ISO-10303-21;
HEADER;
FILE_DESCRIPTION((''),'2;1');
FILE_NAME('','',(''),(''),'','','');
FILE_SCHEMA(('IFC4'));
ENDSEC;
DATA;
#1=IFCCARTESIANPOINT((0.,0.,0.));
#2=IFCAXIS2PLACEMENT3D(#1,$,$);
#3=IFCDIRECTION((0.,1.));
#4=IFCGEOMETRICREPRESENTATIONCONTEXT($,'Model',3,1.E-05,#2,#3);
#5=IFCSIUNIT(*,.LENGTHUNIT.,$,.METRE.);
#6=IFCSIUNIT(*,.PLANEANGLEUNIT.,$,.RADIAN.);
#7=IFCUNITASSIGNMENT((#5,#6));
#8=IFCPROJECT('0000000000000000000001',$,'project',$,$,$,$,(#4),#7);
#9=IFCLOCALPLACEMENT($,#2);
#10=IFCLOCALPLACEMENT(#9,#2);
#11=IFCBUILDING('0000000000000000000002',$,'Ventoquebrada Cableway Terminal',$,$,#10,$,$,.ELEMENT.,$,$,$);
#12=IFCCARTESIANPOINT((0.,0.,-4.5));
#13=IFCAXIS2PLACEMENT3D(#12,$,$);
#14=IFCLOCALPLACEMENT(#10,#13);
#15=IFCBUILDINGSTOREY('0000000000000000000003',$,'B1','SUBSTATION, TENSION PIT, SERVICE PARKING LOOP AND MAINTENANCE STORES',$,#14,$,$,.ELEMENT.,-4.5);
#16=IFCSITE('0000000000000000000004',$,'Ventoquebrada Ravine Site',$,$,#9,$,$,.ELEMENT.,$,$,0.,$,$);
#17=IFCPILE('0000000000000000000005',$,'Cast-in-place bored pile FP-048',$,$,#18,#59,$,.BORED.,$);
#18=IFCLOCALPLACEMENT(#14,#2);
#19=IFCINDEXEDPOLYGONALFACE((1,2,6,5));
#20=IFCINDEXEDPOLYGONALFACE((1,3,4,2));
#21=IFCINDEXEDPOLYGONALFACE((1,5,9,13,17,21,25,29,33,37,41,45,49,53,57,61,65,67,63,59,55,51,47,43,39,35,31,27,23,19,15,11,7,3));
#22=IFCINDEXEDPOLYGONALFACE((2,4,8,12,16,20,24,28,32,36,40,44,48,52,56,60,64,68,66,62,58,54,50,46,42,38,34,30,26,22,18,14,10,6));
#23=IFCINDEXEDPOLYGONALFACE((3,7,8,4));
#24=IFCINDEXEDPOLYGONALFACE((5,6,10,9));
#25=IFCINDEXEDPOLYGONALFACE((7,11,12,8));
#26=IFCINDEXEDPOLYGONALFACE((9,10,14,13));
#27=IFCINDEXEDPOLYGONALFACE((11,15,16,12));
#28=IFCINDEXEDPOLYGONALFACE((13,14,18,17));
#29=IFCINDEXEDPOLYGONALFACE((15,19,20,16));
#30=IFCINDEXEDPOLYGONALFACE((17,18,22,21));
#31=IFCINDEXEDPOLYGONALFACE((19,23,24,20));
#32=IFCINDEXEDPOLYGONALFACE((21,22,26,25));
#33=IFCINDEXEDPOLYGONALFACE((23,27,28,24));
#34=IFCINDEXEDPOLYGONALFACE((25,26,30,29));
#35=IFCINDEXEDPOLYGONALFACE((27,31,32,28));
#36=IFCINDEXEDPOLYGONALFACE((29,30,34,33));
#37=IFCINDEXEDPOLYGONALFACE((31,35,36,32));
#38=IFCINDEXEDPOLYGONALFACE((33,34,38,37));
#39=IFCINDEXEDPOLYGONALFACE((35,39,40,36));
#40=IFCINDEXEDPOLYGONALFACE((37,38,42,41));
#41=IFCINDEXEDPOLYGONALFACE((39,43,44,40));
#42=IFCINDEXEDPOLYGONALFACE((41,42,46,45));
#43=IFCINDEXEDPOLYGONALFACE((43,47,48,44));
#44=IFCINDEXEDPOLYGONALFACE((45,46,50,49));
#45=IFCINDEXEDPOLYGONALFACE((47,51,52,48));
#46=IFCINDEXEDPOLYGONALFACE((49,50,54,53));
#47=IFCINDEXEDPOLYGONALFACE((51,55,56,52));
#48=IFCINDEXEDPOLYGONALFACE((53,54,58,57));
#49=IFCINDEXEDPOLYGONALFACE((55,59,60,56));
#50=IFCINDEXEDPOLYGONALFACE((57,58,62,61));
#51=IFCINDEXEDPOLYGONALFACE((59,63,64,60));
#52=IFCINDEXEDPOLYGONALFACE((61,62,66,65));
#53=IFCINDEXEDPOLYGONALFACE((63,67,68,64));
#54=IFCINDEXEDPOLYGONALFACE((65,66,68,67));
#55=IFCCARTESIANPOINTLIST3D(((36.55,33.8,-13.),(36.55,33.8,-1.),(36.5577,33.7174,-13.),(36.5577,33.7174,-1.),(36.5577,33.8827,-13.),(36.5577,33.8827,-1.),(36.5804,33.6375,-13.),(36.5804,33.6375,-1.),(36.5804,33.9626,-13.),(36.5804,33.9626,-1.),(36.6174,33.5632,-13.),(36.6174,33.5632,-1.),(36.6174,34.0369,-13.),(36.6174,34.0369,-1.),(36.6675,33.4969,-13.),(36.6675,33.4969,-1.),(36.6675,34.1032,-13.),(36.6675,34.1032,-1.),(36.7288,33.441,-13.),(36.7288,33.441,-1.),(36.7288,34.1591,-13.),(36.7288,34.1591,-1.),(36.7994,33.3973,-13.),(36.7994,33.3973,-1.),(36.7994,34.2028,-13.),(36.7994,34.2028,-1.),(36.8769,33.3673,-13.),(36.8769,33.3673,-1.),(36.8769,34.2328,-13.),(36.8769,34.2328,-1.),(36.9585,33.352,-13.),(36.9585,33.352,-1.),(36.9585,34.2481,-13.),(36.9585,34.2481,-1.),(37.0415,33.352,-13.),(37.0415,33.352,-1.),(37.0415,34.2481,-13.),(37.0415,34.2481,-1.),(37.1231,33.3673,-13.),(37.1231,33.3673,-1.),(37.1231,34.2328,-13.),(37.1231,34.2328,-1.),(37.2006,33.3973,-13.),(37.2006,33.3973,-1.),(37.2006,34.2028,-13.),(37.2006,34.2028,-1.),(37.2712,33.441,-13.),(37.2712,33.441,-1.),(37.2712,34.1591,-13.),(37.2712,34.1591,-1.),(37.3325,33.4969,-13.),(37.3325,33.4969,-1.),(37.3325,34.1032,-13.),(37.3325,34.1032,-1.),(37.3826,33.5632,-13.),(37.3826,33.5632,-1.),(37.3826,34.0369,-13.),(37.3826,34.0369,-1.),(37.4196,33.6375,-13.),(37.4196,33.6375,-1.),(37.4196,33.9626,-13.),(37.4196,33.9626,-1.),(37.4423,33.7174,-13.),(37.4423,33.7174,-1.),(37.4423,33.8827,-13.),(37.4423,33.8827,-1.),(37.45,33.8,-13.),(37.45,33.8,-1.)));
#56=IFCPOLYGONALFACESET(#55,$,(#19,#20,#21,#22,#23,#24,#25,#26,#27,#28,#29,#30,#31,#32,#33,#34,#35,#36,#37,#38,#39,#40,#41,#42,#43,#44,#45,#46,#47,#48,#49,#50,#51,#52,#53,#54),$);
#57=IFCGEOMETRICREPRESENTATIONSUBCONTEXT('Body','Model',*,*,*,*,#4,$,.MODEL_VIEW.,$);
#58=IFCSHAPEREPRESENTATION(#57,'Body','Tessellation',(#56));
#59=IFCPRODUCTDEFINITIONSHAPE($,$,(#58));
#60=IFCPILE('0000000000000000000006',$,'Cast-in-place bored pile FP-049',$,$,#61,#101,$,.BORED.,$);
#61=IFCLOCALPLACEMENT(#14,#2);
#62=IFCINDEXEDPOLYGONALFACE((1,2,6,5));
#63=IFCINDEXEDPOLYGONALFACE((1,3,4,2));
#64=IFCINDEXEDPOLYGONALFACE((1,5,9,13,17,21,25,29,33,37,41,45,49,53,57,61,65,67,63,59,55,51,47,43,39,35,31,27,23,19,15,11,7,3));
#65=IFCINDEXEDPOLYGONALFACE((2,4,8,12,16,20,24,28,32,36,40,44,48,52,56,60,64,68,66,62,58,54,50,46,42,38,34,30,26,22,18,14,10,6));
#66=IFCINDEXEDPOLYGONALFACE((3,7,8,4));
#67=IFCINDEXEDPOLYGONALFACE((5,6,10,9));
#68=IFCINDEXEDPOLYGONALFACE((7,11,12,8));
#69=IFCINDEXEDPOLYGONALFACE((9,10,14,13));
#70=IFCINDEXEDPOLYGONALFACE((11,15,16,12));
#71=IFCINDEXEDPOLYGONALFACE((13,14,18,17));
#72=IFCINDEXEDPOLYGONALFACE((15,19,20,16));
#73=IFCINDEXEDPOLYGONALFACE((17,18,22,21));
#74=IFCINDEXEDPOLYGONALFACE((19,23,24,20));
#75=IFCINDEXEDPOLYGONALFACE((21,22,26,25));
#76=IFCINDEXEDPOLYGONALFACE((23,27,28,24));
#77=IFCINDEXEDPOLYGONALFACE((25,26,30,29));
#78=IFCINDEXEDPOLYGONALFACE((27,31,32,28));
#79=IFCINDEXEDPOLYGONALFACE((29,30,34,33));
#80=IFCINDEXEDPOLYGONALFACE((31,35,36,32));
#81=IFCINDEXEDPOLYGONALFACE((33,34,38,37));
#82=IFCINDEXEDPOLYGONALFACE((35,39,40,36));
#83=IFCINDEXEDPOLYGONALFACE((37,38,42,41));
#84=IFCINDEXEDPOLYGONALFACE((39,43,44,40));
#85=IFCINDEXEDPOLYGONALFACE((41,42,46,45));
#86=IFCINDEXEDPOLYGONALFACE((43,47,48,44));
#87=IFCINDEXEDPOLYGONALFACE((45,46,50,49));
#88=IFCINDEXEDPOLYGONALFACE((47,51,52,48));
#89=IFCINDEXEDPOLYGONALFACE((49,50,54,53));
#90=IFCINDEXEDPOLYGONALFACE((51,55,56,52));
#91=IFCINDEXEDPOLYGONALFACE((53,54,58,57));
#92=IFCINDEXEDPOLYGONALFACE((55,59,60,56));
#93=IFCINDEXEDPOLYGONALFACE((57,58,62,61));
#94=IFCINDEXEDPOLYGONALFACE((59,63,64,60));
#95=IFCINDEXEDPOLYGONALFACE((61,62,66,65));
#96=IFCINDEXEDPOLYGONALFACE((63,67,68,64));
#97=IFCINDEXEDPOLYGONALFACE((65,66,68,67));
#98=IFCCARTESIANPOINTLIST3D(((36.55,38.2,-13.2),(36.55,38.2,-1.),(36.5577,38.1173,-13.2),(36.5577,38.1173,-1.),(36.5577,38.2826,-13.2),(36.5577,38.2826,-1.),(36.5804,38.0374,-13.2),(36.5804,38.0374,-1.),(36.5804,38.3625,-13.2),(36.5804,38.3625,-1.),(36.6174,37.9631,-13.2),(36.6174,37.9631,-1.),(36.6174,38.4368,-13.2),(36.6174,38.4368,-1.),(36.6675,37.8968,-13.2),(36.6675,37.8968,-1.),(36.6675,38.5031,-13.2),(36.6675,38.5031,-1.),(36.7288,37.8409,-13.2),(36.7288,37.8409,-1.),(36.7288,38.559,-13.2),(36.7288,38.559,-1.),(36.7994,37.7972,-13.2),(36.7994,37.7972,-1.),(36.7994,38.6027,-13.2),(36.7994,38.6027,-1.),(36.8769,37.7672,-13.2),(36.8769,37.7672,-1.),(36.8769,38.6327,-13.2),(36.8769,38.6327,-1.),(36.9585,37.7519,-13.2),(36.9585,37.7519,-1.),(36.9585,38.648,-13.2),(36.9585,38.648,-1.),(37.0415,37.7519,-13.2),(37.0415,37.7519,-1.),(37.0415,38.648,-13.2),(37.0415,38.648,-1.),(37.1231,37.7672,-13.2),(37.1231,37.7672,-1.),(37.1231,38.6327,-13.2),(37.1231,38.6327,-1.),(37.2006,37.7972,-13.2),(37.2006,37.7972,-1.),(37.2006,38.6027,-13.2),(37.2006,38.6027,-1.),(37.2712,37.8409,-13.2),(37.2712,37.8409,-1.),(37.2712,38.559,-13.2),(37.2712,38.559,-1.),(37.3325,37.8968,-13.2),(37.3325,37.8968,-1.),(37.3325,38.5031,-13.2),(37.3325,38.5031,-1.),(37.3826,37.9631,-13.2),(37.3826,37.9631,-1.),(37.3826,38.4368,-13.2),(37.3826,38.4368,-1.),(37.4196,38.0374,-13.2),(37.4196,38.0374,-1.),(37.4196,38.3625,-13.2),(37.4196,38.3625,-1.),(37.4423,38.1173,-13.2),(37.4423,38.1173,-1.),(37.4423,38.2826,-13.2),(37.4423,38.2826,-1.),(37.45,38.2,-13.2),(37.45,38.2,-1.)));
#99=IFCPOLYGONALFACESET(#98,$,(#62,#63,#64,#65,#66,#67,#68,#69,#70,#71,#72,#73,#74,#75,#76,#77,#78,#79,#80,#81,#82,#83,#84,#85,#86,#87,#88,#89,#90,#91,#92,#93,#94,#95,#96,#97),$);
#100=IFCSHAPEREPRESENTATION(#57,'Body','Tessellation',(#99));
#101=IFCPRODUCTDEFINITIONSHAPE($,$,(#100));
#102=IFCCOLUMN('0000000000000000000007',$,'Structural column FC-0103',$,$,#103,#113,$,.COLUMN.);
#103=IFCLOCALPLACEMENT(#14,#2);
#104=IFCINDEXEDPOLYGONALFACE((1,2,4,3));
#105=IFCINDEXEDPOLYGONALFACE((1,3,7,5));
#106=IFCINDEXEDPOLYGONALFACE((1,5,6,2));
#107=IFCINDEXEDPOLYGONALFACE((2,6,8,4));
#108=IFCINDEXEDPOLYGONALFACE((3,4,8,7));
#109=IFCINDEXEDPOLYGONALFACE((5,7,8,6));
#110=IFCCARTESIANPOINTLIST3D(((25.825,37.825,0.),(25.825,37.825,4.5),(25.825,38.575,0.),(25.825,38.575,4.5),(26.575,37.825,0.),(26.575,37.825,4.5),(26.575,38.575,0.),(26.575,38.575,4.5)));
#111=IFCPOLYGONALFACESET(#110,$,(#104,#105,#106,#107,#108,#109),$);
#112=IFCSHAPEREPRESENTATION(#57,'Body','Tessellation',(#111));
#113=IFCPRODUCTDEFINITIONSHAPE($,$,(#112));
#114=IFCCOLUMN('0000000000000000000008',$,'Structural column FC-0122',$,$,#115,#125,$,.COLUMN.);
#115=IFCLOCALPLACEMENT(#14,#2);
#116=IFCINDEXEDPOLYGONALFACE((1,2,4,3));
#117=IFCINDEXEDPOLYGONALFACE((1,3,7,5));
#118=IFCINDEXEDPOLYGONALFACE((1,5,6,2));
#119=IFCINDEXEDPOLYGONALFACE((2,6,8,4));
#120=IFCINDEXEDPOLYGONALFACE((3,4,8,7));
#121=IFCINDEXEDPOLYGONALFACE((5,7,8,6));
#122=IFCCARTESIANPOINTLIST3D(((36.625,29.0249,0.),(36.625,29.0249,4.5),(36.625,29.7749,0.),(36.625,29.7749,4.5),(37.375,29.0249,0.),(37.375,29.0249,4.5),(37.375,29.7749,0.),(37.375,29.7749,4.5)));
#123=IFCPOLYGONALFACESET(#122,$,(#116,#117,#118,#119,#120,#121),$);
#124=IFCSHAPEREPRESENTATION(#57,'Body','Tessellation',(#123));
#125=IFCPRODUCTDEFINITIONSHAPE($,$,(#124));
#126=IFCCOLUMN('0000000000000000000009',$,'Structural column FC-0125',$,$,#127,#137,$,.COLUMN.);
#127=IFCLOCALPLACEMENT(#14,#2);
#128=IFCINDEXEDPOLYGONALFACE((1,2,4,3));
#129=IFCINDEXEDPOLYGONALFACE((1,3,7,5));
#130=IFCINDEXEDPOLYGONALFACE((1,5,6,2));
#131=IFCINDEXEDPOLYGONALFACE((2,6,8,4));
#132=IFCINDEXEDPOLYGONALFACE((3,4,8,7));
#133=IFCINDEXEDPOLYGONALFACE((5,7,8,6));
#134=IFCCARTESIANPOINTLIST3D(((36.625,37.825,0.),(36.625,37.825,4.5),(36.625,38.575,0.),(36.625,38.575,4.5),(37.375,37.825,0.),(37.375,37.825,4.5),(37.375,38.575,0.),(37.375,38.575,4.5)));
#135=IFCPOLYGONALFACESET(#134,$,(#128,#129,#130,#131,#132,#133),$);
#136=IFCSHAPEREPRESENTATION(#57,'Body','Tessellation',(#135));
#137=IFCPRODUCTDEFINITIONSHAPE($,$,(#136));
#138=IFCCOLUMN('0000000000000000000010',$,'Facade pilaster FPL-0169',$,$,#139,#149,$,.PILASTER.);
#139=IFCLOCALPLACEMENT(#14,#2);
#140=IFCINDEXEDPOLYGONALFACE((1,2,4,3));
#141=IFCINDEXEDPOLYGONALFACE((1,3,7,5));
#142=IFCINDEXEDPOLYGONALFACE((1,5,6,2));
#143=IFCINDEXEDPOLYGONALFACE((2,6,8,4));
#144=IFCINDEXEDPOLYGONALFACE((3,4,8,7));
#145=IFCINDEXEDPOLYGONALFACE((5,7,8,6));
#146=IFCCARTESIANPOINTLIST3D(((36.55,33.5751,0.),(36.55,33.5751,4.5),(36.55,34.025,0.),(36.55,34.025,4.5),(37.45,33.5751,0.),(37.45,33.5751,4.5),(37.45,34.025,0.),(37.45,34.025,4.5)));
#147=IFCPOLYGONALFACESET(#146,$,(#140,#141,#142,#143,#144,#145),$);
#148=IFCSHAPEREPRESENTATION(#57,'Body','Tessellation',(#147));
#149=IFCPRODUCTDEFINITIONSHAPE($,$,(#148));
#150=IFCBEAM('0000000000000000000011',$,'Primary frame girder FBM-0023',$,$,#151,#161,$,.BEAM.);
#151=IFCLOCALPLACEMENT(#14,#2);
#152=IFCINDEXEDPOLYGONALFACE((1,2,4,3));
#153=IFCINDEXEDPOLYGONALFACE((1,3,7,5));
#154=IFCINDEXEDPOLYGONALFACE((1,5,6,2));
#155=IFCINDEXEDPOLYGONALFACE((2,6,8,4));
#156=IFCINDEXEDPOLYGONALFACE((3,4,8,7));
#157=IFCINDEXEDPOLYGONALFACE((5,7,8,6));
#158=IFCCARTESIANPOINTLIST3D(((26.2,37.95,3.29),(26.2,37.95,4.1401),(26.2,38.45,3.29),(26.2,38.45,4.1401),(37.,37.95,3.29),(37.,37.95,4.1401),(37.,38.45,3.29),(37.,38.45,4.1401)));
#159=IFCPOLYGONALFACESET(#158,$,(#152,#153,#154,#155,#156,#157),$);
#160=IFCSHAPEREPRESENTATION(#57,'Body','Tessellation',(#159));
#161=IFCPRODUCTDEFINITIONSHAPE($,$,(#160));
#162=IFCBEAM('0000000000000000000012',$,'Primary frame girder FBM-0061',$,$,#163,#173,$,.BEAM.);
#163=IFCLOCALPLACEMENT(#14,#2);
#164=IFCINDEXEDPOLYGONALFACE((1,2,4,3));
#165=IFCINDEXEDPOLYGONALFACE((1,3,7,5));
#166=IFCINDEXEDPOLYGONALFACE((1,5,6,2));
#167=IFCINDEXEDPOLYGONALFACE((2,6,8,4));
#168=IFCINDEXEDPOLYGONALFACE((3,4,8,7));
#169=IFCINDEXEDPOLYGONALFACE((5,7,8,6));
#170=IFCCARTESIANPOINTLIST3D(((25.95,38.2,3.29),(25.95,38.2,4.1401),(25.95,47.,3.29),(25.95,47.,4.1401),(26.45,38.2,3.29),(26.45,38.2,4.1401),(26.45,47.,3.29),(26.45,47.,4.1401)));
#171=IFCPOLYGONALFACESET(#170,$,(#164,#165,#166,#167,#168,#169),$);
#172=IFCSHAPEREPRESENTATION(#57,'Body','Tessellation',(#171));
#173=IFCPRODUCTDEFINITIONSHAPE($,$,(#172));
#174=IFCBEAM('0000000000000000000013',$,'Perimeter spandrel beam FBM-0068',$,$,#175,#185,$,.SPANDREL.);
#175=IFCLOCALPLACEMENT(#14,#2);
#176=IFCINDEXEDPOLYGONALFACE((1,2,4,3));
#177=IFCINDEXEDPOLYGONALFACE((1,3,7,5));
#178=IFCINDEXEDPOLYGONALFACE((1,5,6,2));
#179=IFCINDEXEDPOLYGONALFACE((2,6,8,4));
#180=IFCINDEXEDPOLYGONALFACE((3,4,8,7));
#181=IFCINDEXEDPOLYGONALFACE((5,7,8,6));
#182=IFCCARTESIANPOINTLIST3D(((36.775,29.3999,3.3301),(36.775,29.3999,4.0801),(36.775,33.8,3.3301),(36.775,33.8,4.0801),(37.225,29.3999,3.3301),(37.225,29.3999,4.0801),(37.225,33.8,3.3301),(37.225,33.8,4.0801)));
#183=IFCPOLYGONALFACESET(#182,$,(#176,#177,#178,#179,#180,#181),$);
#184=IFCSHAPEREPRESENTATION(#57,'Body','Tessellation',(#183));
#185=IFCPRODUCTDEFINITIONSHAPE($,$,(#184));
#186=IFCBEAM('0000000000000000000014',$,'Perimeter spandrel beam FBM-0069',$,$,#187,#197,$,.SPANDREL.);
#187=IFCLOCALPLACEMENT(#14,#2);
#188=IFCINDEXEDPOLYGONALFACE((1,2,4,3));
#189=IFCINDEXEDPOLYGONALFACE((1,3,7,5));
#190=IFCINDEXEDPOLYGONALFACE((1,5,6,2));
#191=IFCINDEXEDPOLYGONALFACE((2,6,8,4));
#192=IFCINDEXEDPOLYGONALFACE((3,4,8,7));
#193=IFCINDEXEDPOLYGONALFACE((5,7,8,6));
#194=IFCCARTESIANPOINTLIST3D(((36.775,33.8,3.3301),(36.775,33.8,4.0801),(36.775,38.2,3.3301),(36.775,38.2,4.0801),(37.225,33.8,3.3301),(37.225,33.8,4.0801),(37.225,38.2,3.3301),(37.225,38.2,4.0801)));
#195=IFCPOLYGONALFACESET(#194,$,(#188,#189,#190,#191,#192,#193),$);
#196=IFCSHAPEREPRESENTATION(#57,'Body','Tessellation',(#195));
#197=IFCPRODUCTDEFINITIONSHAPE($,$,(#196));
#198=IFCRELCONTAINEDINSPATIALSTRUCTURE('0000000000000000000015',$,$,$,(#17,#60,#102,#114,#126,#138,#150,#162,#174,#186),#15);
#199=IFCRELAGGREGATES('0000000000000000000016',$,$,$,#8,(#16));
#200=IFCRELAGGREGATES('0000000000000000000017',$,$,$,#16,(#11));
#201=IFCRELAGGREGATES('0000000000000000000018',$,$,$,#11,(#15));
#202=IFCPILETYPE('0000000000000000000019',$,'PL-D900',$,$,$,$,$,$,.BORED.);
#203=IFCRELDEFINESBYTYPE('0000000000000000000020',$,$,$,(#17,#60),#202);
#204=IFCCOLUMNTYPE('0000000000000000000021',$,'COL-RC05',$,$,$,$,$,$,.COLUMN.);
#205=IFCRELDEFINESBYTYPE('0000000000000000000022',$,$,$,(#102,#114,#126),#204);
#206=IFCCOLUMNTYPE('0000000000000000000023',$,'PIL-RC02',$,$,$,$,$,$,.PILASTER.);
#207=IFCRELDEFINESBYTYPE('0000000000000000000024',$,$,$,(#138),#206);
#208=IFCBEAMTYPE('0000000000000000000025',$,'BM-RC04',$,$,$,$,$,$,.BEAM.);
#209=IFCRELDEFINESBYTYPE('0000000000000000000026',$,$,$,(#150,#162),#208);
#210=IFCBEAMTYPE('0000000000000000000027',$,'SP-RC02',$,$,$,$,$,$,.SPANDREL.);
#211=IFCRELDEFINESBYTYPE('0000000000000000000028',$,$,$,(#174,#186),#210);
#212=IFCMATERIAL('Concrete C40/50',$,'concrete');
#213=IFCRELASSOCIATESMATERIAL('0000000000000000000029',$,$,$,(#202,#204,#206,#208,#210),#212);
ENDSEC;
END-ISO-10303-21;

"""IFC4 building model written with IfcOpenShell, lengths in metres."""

from ifc_helpers import new_model, si_unit, direction, frame, origin, origin_2d, place, context, subcontext, project, spatial, rectangle, circle, extrude, material, material_profile, profile_set, type_object, element, save


model = new_model("IFC4")

# Units and contexts
model_context = context("Model", 3, precision=1e-05, world=origin(), true_north=direction((0.0, 1.0)))
body_context = subcontext(model_context, "Body", "Model", "MODEL_VIEW")
ifc_project = project(units=[si_unit("LENGTHUNIT", "METRE"), si_unit("PLANEANGLEUNIT", "RADIAN")], contexts=[model_context])

# Site, building, storey
site_placement = place(None, origin())
site = spatial("IfcSite", under=ifc_project, at=site_placement, Name="Ventoquebrada Ravine Site", CompositionType="ELEMENT", RefElevation=0.0)
building_placement = place(site_placement, origin())
building = spatial("IfcBuilding", under=site, at=building_placement, Name="Ventoquebrada Cableway Terminal", CompositionType="ELEMENT")
storey_placement = place(building_placement, frame((0.0, 0.0, -4.5)))
storey = spatial("IfcBuildingStorey", under=building, at=storey_placement, Name="B1", Description="SUBSTATION, TENSION PIT, SERVICE PARKING LOOP AND MAINTENANCE STORES", CompositionType="ELEMENT", Elevation=-4.5)

# Shared definitions
ifc_material = material(Name="Concrete C40/50", Category="concrete")

# Piles
ifc_material_profile_1 = material_profile(ifc_material, circle(Radius=0.45, at=origin_2d()), Name="PILE-D900")
ifc_profile_set_1 = profile_set([ifc_material_profile_1], Name="Concrete C40/50")
pile_type = type_object("IfcPileType", Name="PL-D900", PredefinedType="BORED", material=ifc_profile_set_1)
pile_1_placement = place(storey_placement, frame((37.0, 33.8, -1.0), z_axis=(0.0, 0.0, -1.0), x_axis=(1.0, 0.0, 0.0)))
element("IfcPile", 1, at=pile_1_placement, inside=storey, type_object=pile_type, Name="Cast-in-place bored pile FP-048", PredefinedType="BORED", context=body_context, shape_type="SweptSolid", body=[
    extrude(circle(Radius=0.45, at=origin_2d()), origin(), (0.0, 0.0, 1.0), 12.0),
])
pile_2_placement = place(storey_placement, frame((37.0, 38.2, -1.0), z_axis=(0.0, 0.0, -1.0), x_axis=(1.0, 0.0, 0.0)))
element("IfcPile", 2, at=pile_2_placement, inside=storey, type_object=pile_type, Name="Cast-in-place bored pile FP-049", PredefinedType="BORED", context=body_context, shape_type="SweptSolid", body=[
    extrude(circle(Radius=0.45, at=origin_2d()), origin(), (0.0, 0.0, 1.0), 12.2),
])

# Columns
ifc_material_profile_2 = material_profile(ifc_material, rectangle(XDim=0.75, YDim=0.75, at=origin_2d()), Name="RC-COL-750X750")
ifc_profile_set_2 = profile_set([ifc_material_profile_2], Name="Concrete C40/50")
column_type_1 = type_object("IfcColumnType", Name="COL-RC05", PredefinedType="COLUMN", material=ifc_profile_set_2)
for number, where, z_axis, x_axis, name in (
    (3, (26.2, 38.2, 0.0), (0.0, 0.0, 1.0), (1.0, 0.0, 0.0), "Structural column FC-0103"),
    (4, (37.0, 29.3999, 0.0), (0.0, 0.0, 1.0), (1.0, 0.0, 0.0), "Structural column FC-0122"),
    (5, (37.0, 38.2, 0.0), (0.0, 0.0, 1.0), (1.0, 0.0, 0.0), "Structural column FC-0125"),
):
    element("IfcColumn", number, at=place(storey_placement, frame(where, z_axis=z_axis, x_axis=x_axis)), inside=storey, type_object=column_type_1, Name=name, PredefinedType="COLUMN", context=body_context, shape_type="SweptSolid", body=[
        extrude(rectangle(XDim=0.75, YDim=0.75, at=origin_2d()), origin(), (0.0, 0.0, 1.0), 4.5),
    ])
ifc_material_profile_3 = material_profile(ifc_material, rectangle(XDim=0.45, YDim=0.8999, at=origin_2d()), Name="RC-PIL-450X900")
ifc_profile_set_3 = profile_set([ifc_material_profile_3], Name="Concrete C40/50")
column_type_2 = type_object("IfcColumnType", Name="PIL-RC02", PredefinedType="PILASTER", material=ifc_profile_set_3)
column_placement = place(storey_placement, frame((37.0, 33.8, 0.0), z_axis=(0.0, 0.0, 1.0), x_axis=(0.0, 1.0, 0.0)))
element("IfcColumn", 6, at=column_placement, inside=storey, type_object=column_type_2, Name="Facade pilaster FPL-0169", PredefinedType="PILASTER", context=body_context, shape_type="SweptSolid", body=[
    extrude(rectangle(XDim=0.45, YDim=0.8999, at=origin_2d()), origin(), (0.0, 0.0, 1.0), 4.5),
])

# Beams
ifc_material_profile_4 = material_profile(ifc_material, rectangle(XDim=0.5, YDim=0.8501, at=origin_2d()), Name="RC-BM-500X850")
ifc_profile_set_4 = profile_set([ifc_material_profile_4], Name="Concrete C40/50")
beam_type_1 = type_object("IfcBeamType", Name="BM-RC04", PredefinedType="BEAM", material=ifc_profile_set_4)
beam_1_placement = place(storey_placement, frame((26.2, 38.2, 3.7151), z_axis=(1.0, 0.0, 0.0), x_axis=(0.0, 1.0, 0.0)))
element("IfcBeam", 7, at=beam_1_placement, inside=storey, type_object=beam_type_1, Name="Primary frame girder FBM-0023", PredefinedType="BEAM", context=body_context, shape_type="SweptSolid", body=[
    extrude(rectangle(XDim=0.5, YDim=0.8501, at=origin_2d()), origin(), (0.0, 0.0, 1.0), 10.8),
])
beam_2_placement = place(storey_placement, frame((26.2, 38.2, 3.7151), z_axis=(0.0, 1.0, 0.0), x_axis=(-1.0, 0.0, 0.0)))
element("IfcBeam", 8, at=beam_2_placement, inside=storey, type_object=beam_type_1, Name="Primary frame girder FBM-0061", PredefinedType="BEAM", context=body_context, shape_type="SweptSolid", body=[
    extrude(rectangle(XDim=0.5, YDim=0.8501, at=origin_2d()), origin(), (0.0, 0.0, 1.0), 8.8),
])
ifc_material_profile_5 = material_profile(ifc_material, rectangle(XDim=0.45, YDim=0.75, at=origin_2d()), Name="RC-BM-450X750")
ifc_profile_set_5 = profile_set([ifc_material_profile_5], Name="Concrete C40/50")
beam_type_2 = type_object("IfcBeamType", Name="SP-RC02", PredefinedType="SPANDREL", material=ifc_profile_set_5)
beam_3_placement = place(storey_placement, frame((37.0, 29.3999, 3.7051), z_axis=(0.0, 1.0, 0.0), x_axis=(-1.0, 0.0, 0.0)))
element("IfcBeam", 9, at=beam_3_placement, inside=storey, type_object=beam_type_2, Name="Perimeter spandrel beam FBM-0068", PredefinedType="SPANDREL", context=body_context, shape_type="SweptSolid", body=[
    extrude(rectangle(XDim=0.45, YDim=0.75, at=origin_2d()), origin(), (0.0, 0.0, 1.0), 4.4001),
])
beam_4_placement = place(storey_placement, frame((37.0, 33.8, 3.7051), z_axis=(0.0, 1.0, 0.0), x_axis=(-1.0, 0.0, 0.0)))
element("IfcBeam", 10, at=beam_4_placement, inside=storey, type_object=beam_type_2, Name="Perimeter spandrel beam FBM-0069", PredefinedType="SPANDREL", context=body_context, shape_type="SweptSolid", body=[
    extrude(rectangle(XDim=0.45, YDim=0.75, at=origin_2d()), origin(), (0.0, 0.0, 1.0), 4.3999),
])

save(model, "model.ifc")
